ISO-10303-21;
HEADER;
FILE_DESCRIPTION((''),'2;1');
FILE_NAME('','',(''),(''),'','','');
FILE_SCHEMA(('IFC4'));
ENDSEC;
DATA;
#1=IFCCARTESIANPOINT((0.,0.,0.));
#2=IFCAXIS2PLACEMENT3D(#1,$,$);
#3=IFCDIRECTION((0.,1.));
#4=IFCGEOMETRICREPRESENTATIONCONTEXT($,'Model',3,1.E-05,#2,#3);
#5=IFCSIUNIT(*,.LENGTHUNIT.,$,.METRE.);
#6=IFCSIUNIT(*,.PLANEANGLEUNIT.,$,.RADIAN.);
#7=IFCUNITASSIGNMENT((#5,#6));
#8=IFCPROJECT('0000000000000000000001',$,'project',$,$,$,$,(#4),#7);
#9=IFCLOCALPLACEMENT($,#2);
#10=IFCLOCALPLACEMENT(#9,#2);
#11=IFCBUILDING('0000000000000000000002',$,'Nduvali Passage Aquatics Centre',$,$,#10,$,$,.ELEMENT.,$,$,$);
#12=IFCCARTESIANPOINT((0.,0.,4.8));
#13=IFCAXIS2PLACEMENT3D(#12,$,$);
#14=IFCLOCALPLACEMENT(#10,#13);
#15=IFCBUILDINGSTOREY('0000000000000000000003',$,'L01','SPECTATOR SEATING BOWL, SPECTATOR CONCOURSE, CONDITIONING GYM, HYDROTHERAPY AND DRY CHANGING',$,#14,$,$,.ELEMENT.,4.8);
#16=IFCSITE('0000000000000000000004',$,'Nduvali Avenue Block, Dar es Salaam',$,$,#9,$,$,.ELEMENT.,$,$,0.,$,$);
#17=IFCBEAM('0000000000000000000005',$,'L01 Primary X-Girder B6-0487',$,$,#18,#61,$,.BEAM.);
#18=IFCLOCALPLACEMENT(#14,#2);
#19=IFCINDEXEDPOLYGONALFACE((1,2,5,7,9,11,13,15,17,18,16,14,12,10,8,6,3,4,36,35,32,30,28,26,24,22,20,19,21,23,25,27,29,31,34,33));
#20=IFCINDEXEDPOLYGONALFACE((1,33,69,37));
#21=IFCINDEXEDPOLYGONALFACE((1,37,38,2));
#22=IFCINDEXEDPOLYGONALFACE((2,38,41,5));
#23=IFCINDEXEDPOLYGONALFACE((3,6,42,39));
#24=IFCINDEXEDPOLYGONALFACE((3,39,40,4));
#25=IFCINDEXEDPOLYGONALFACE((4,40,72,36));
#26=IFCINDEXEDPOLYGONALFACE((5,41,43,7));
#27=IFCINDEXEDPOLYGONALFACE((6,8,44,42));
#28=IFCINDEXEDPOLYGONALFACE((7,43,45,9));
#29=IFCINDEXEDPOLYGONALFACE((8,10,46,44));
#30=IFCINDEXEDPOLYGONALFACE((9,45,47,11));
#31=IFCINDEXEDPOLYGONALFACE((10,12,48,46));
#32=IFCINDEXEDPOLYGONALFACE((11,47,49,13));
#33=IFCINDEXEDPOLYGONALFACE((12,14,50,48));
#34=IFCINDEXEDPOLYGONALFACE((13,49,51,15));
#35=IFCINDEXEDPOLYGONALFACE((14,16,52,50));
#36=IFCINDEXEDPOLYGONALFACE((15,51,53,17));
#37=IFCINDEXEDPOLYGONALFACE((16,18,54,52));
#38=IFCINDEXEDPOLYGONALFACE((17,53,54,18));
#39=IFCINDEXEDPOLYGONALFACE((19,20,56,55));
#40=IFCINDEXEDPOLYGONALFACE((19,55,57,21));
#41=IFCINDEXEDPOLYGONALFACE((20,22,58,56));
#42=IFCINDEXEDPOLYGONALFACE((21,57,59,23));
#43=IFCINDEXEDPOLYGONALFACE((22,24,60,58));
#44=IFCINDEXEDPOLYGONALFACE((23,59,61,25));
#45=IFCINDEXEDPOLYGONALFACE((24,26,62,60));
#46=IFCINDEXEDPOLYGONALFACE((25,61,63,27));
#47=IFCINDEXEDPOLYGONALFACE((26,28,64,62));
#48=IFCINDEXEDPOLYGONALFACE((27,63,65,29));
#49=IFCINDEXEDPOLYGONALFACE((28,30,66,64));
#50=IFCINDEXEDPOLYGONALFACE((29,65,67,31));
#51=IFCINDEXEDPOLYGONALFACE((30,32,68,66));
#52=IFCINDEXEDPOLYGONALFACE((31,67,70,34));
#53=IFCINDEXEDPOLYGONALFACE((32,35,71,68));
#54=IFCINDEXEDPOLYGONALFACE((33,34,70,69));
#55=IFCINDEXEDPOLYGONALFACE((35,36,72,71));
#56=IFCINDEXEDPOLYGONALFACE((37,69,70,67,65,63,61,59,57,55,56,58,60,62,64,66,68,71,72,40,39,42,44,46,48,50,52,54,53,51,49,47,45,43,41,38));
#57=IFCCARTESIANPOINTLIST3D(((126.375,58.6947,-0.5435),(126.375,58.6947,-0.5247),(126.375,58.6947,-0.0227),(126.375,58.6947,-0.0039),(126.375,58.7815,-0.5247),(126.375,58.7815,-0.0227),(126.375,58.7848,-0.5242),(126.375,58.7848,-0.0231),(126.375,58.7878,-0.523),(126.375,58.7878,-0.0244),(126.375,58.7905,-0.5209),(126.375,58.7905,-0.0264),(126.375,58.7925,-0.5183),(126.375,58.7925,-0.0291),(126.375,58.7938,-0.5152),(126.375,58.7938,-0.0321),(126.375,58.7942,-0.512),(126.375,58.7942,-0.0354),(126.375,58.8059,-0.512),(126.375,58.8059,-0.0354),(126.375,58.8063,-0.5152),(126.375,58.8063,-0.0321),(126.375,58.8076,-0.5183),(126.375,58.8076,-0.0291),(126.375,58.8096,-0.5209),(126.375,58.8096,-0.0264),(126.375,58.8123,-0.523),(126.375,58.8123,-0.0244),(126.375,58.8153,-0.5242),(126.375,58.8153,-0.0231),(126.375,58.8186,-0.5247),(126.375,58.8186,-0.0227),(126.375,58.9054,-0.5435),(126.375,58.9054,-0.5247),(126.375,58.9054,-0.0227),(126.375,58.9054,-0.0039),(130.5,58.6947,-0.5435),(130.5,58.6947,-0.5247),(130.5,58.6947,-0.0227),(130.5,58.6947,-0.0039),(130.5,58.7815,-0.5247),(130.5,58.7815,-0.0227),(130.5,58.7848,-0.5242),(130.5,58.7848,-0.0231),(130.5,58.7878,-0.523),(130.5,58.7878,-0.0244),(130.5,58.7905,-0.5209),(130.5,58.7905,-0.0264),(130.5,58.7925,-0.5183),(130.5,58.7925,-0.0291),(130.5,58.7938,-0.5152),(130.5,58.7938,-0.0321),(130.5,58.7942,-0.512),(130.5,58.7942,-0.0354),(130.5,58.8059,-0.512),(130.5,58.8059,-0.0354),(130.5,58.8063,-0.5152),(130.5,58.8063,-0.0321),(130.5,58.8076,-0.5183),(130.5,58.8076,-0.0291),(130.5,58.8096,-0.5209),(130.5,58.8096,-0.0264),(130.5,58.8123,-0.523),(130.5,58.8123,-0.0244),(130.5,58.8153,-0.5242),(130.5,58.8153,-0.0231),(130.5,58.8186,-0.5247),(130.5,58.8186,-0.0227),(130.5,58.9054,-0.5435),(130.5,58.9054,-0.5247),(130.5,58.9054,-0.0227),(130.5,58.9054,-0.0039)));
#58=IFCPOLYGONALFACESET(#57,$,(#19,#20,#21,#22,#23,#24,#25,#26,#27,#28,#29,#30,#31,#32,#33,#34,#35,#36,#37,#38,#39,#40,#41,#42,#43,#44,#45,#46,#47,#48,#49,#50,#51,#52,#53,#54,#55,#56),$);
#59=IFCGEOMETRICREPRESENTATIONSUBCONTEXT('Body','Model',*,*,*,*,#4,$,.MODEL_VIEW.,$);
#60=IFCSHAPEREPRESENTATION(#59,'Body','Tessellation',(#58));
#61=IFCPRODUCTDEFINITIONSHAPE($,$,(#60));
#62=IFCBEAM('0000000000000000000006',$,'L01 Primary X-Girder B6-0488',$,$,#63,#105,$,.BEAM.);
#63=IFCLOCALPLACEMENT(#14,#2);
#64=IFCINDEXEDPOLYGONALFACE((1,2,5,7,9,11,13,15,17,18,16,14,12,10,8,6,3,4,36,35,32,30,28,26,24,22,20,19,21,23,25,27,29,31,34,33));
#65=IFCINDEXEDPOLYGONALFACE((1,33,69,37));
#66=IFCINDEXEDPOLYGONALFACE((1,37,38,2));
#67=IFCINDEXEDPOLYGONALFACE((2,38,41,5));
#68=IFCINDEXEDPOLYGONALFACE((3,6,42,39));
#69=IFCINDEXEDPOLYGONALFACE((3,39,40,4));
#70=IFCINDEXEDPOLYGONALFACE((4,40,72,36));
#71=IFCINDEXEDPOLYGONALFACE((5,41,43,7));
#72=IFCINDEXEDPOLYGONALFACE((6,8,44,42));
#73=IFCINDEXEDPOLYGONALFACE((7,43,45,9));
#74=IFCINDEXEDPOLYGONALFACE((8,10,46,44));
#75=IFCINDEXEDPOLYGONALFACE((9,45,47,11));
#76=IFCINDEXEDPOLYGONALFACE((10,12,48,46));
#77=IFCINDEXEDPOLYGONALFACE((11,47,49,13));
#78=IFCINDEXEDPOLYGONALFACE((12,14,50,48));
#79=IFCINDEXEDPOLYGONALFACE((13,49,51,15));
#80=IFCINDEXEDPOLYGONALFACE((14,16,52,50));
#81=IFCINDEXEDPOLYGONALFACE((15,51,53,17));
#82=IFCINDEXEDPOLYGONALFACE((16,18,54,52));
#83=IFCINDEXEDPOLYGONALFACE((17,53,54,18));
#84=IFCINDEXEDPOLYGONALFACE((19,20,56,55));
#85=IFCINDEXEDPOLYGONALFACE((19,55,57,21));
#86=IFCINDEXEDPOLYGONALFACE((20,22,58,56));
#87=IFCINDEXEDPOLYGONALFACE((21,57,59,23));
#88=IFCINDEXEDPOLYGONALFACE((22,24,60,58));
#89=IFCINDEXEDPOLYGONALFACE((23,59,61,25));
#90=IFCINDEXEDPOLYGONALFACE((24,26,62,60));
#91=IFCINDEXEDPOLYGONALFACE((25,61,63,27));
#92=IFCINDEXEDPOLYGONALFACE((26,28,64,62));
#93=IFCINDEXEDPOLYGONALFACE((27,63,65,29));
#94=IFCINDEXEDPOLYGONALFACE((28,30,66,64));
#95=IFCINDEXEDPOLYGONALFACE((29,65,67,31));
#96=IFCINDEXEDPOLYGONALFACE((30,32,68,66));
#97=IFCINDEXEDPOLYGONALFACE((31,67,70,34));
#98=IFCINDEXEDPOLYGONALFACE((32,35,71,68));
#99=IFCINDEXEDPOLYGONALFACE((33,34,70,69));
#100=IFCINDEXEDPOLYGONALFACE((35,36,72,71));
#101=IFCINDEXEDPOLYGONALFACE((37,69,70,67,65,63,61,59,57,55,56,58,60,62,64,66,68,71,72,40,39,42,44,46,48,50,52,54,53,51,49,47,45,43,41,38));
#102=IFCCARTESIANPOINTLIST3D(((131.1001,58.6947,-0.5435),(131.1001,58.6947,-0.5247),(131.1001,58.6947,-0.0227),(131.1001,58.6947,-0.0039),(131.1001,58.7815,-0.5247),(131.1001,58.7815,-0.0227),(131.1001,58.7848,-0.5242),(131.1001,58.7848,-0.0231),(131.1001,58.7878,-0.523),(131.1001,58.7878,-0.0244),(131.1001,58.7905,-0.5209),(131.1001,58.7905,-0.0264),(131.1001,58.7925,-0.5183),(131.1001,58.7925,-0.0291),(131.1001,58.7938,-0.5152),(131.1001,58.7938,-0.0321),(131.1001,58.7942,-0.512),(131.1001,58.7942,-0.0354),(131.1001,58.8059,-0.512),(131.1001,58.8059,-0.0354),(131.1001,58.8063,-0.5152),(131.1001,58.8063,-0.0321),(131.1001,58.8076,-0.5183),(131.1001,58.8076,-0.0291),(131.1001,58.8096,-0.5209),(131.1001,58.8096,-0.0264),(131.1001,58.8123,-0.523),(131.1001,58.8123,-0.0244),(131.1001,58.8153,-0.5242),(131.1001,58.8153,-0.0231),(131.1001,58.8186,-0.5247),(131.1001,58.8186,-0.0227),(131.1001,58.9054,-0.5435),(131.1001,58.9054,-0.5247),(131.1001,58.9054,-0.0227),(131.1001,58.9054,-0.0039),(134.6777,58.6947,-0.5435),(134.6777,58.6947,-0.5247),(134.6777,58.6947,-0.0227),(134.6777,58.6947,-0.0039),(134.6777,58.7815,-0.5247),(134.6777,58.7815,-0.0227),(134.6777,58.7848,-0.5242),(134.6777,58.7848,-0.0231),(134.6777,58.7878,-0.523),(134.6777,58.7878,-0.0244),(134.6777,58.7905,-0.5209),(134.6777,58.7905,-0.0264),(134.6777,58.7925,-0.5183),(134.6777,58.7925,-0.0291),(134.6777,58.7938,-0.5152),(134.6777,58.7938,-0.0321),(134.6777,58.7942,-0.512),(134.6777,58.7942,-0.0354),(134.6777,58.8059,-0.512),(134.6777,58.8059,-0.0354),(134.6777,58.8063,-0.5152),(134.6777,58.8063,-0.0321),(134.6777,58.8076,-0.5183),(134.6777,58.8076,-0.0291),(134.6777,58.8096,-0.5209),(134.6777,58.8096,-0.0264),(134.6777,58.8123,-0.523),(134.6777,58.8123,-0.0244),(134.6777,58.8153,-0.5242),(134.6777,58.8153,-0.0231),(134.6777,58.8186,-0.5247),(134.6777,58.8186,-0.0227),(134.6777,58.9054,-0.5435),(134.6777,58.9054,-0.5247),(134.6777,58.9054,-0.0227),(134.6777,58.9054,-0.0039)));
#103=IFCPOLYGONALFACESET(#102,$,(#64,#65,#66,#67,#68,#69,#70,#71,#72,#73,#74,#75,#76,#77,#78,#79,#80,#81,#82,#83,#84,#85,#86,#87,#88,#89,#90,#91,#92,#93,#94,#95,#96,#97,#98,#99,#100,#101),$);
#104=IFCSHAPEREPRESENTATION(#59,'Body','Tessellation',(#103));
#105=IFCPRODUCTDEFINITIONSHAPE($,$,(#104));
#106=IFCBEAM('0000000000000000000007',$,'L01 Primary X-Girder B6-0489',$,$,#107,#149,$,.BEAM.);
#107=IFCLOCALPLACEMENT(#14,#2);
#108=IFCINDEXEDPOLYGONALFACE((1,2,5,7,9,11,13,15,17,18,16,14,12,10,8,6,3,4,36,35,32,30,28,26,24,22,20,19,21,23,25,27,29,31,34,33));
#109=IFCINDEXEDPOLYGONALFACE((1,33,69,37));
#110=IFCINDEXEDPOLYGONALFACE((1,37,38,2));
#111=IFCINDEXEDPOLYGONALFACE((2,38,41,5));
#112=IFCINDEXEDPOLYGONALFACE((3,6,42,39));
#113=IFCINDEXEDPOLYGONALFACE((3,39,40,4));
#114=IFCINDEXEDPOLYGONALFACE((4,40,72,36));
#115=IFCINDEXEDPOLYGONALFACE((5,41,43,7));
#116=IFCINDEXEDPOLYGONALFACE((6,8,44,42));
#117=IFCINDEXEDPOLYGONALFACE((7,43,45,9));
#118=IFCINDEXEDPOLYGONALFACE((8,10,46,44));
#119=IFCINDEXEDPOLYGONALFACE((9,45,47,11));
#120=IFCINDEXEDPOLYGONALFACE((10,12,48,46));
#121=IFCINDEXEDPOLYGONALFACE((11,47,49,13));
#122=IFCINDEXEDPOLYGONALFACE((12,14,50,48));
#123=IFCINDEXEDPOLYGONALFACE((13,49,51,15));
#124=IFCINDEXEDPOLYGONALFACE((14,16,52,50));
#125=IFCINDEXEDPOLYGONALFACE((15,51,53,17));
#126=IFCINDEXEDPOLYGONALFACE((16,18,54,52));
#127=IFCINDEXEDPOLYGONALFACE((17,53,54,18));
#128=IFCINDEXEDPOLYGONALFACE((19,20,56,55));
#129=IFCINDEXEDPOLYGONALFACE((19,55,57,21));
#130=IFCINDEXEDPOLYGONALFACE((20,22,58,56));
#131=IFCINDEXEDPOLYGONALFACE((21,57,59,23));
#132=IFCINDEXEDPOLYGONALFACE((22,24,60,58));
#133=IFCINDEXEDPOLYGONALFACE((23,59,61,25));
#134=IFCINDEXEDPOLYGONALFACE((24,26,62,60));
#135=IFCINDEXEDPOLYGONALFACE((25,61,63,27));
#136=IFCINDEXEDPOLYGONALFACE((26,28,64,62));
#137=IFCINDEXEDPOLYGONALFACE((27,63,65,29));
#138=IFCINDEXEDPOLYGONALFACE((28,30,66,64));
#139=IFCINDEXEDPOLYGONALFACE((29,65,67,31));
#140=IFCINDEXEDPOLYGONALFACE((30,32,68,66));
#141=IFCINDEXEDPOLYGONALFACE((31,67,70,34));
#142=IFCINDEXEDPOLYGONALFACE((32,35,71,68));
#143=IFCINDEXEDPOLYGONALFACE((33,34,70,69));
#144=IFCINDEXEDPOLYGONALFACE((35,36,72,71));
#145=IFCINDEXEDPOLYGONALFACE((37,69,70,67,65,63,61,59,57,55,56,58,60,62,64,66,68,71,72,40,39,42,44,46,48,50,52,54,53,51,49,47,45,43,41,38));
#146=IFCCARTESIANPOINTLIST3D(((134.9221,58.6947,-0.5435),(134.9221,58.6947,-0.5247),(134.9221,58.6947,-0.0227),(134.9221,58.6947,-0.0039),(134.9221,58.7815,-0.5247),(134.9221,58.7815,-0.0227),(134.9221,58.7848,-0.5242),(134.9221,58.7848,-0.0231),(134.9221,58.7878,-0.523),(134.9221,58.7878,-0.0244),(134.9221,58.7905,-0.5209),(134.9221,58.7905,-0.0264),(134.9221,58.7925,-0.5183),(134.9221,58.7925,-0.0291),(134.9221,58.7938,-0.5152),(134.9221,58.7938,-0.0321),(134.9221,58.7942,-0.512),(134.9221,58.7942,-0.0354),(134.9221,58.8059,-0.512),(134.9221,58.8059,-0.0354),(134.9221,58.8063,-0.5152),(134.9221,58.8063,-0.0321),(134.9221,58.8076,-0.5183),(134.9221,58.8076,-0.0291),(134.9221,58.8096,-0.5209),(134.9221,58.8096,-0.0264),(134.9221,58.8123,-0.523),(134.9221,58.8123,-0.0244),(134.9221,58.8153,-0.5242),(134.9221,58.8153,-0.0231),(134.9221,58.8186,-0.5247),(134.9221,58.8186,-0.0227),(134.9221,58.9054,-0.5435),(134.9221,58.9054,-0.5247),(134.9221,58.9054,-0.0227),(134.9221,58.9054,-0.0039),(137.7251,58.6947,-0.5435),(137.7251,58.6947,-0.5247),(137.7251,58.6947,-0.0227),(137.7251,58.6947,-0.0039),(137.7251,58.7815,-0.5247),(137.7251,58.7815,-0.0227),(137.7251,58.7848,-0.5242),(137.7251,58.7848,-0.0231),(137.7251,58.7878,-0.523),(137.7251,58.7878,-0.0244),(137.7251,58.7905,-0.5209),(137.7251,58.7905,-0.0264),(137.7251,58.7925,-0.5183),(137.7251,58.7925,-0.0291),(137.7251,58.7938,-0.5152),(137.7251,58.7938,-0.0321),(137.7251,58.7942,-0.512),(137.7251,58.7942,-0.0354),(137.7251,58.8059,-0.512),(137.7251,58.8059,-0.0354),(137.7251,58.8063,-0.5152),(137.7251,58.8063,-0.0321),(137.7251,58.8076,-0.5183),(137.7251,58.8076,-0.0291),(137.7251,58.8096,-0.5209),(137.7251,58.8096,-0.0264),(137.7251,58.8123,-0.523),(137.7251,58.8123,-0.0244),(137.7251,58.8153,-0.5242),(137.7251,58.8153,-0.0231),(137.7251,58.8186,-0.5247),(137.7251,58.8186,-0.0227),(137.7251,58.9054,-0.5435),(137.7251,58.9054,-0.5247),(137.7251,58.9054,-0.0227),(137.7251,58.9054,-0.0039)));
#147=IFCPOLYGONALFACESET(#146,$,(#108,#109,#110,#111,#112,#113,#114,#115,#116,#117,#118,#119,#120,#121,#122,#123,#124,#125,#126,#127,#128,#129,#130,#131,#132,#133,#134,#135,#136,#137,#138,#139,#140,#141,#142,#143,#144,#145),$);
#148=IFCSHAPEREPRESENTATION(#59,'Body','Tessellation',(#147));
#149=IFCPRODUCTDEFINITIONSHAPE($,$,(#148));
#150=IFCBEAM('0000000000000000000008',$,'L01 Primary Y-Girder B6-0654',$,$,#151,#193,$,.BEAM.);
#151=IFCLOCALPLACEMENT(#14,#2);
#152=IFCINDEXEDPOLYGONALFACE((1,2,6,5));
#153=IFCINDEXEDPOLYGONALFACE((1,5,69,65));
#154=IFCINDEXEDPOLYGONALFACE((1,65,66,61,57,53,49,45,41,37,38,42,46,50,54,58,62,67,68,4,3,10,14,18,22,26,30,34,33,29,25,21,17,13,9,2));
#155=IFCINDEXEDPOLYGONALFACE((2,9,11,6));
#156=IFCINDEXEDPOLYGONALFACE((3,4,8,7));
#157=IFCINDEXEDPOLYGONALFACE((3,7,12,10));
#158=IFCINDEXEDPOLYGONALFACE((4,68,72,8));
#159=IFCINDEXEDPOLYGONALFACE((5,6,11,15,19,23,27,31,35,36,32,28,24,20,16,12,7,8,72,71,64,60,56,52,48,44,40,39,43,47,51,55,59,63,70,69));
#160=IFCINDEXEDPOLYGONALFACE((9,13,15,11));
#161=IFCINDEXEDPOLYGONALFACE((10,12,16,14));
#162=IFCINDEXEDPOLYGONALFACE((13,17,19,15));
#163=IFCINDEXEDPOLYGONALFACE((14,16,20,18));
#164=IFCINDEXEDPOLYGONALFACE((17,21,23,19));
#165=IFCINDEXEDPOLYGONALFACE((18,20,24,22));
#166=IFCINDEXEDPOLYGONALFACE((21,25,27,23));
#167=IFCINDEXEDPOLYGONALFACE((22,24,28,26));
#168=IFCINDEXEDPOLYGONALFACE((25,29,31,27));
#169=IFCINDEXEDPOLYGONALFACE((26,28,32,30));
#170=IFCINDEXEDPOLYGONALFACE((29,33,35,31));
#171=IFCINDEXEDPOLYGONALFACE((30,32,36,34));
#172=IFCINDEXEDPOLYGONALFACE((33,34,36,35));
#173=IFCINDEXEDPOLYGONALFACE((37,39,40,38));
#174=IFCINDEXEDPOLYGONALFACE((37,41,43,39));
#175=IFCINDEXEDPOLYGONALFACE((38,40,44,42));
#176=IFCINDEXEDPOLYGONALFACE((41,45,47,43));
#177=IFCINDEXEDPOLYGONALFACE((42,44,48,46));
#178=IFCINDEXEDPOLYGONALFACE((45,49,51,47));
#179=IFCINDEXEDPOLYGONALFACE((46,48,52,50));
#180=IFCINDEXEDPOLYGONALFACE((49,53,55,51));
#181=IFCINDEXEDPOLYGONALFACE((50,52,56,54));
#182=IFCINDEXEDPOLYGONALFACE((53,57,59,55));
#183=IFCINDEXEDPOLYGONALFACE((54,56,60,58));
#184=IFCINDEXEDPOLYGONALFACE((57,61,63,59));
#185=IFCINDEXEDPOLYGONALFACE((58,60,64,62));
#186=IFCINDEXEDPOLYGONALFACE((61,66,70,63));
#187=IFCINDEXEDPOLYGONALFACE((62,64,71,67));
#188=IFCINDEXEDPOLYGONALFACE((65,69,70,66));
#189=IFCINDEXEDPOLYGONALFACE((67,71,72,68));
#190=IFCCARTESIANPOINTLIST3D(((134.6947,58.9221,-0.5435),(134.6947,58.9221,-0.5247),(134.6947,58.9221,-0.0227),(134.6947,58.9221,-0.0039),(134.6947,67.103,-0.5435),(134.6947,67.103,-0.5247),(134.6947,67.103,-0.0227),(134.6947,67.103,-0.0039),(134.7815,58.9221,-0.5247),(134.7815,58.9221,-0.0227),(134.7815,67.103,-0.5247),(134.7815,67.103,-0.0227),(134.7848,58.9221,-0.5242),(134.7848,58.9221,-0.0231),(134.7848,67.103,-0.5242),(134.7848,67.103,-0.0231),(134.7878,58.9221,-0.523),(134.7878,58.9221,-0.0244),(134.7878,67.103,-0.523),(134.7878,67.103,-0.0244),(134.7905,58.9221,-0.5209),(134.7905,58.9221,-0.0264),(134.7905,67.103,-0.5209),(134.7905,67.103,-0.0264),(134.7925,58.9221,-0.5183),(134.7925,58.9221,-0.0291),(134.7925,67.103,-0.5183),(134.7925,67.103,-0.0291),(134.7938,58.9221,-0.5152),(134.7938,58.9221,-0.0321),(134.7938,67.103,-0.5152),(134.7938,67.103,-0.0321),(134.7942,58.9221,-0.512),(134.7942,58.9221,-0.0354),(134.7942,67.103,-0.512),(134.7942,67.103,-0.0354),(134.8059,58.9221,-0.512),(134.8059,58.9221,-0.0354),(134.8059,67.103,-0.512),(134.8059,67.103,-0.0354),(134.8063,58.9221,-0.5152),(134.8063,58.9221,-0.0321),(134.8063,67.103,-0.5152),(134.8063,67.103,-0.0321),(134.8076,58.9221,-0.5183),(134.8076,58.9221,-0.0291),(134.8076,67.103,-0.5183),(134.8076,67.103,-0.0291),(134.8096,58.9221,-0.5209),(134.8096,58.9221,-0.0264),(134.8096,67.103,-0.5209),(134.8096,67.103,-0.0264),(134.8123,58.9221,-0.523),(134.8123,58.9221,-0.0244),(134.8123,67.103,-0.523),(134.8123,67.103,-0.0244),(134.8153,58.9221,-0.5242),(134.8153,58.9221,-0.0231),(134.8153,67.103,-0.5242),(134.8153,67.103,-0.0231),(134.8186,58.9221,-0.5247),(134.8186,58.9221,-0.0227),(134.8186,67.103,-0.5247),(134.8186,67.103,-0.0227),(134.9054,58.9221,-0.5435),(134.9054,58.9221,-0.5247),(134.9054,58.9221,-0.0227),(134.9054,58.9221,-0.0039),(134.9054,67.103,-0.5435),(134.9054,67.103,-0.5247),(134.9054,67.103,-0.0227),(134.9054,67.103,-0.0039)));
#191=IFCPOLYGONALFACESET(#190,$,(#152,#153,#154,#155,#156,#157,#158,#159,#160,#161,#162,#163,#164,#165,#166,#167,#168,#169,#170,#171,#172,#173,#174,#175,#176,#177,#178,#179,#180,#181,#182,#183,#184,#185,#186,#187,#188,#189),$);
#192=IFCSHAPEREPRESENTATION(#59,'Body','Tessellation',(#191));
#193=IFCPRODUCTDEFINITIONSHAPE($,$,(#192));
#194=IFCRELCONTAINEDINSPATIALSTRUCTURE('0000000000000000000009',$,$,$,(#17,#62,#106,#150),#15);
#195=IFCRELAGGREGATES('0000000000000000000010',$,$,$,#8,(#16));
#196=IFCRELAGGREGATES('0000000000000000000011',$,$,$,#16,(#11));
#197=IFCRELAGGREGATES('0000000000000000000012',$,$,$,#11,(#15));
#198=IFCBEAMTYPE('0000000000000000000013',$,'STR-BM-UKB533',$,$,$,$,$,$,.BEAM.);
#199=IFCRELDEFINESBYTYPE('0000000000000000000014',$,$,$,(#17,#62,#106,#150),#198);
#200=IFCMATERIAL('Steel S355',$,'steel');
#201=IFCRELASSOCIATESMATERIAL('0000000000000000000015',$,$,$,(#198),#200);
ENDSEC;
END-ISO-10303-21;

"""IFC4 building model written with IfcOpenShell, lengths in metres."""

from ifc_helpers import new_model, si_unit, direction, frame, origin, origin_2d, place, context, subcontext, project, spatial, i_section, extrude, material, material_profile, profile_set, type_object, element, save


model = new_model("IFC4")

# Units and contexts
model_context = context("Model", 3, precision=1e-05, world=origin(), true_north=direction((0.0, 1.0)))
body_context = subcontext(model_context, "Body", "Model", "MODEL_VIEW")
ifc_project = project(units=[si_unit("LENGTHUNIT", "METRE"), si_unit("PLANEANGLEUNIT", "RADIAN")], contexts=[model_context])

# Site, building, storey
site_placement = place(None, origin())
site = spatial("IfcSite", under=ifc_project, at=site_placement, Name="Nduvali Avenue Block, Dar es Salaam", CompositionType="ELEMENT", RefElevation=0.0)
building_placement = place(site_placement, origin())
building = spatial("IfcBuilding", under=site, at=building_placement, Name="Nduvali Passage Aquatics Centre", CompositionType="ELEMENT")
storey_placement = place(building_placement, frame((0.0, 0.0, 4.8)))
storey = spatial("IfcBuildingStorey", under=building, at=storey_placement, Name="L01", Description="SPECTATOR SEATING BOWL, SPECTATOR CONCOURSE, CONDITIONING GYM, HYDROTHERAPY AND DRY CHANGING", CompositionType="ELEMENT", Elevation=4.8)

# Beams
ifc_material_1 = material(Name="Steel S355", Category="steel")
ifc_material_profile_1 = material_profile(ifc_material_1, i_section(OverallWidth=0.2107, OverallDepth=0.5396, WebThickness=0.0117, FlangeThickness=0.0188, FilletRadius=0.0127, at=origin_2d()), Name="UKB 533x210x109")
ifc_profile_set_1 = profile_set([ifc_material_profile_1], Name="Steel S355")
beam_type_1 = type_object("IfcBeamType", Name="STR-BM-UKB533", PredefinedType="BEAM", material=ifc_profile_set_1)
beam_1_placement = place(storey_placement, frame((126.375, 58.8, -0.2737), z_axis=(1.0, 0.0, 0.0), x_axis=(0.0, 1.0, 0.0)))
element("IfcBeam", 1, at=beam_1_placement, inside=storey, type_object=beam_type_1, Name="L01 Primary X-Girder B6-0487", PredefinedType="BEAM", context=body_context, shape_type="SweptSolid", body=[
    extrude(i_section(OverallWidth=0.2107, OverallDepth=0.5396, WebThickness=0.0117, FlangeThickness=0.0188, FilletRadius=0.0127, at=origin_2d()), origin(), (0.0, 0.0, 1.0), 4.125),
])
beam_2_placement = place(storey_placement, frame((131.1001, 58.8, -0.2737), z_axis=(1.0, 0.0, 0.0), x_axis=(0.0, 1.0, 0.0)))
element("IfcBeam", 2, at=beam_2_placement, inside=storey, type_object=beam_type_1, Name="L01 Primary X-Girder B6-0488", PredefinedType="BEAM", context=body_context, shape_type="SweptSolid", body=[
    extrude(i_section(OverallWidth=0.2107, OverallDepth=0.5396, WebThickness=0.0117, FlangeThickness=0.0188, FilletRadius=0.0127, at=origin_2d()), origin(), (0.0, 0.0, 1.0), 3.5776),
])
beam_3_placement = place(storey_placement, frame((134.9221, 58.8, -0.2737), z_axis=(1.0, 0.0, 0.0), x_axis=(0.0, 1.0, 0.0)))
element("IfcBeam", 3, at=beam_3_placement, inside=storey, type_object=beam_type_1, Name="L01 Primary X-Girder B6-0489", PredefinedType="BEAM", context=body_context, shape_type="SweptSolid", body=[
    extrude(i_section(OverallWidth=0.2107, OverallDepth=0.5396, WebThickness=0.0117, FlangeThickness=0.0188, FilletRadius=0.0127, at=origin_2d()), origin(), (0.0, 0.0, 1.0), 2.803),
])
beam_4_placement = place(storey_placement, frame((134.8, 58.9221, -0.2737), z_axis=(0.0, 1.0, 0.0), x_axis=(-1.0, 0.0, 0.0)))
element("IfcBeam", 4, at=beam_4_placement, inside=storey, type_object=beam_type_1, Name="L01 Primary Y-Girder B6-0654", PredefinedType="BEAM", context=body_context, shape_type="SweptSolid", body=[
    extrude(i_section(OverallWidth=0.2107, OverallDepth=0.5396, WebThickness=0.0117, FlangeThickness=0.0188, FilletRadius=0.0127, at=origin_2d()), origin(), (0.0, 0.0, 1.0), 8.1809),
])

save(model, "model.ifc")
